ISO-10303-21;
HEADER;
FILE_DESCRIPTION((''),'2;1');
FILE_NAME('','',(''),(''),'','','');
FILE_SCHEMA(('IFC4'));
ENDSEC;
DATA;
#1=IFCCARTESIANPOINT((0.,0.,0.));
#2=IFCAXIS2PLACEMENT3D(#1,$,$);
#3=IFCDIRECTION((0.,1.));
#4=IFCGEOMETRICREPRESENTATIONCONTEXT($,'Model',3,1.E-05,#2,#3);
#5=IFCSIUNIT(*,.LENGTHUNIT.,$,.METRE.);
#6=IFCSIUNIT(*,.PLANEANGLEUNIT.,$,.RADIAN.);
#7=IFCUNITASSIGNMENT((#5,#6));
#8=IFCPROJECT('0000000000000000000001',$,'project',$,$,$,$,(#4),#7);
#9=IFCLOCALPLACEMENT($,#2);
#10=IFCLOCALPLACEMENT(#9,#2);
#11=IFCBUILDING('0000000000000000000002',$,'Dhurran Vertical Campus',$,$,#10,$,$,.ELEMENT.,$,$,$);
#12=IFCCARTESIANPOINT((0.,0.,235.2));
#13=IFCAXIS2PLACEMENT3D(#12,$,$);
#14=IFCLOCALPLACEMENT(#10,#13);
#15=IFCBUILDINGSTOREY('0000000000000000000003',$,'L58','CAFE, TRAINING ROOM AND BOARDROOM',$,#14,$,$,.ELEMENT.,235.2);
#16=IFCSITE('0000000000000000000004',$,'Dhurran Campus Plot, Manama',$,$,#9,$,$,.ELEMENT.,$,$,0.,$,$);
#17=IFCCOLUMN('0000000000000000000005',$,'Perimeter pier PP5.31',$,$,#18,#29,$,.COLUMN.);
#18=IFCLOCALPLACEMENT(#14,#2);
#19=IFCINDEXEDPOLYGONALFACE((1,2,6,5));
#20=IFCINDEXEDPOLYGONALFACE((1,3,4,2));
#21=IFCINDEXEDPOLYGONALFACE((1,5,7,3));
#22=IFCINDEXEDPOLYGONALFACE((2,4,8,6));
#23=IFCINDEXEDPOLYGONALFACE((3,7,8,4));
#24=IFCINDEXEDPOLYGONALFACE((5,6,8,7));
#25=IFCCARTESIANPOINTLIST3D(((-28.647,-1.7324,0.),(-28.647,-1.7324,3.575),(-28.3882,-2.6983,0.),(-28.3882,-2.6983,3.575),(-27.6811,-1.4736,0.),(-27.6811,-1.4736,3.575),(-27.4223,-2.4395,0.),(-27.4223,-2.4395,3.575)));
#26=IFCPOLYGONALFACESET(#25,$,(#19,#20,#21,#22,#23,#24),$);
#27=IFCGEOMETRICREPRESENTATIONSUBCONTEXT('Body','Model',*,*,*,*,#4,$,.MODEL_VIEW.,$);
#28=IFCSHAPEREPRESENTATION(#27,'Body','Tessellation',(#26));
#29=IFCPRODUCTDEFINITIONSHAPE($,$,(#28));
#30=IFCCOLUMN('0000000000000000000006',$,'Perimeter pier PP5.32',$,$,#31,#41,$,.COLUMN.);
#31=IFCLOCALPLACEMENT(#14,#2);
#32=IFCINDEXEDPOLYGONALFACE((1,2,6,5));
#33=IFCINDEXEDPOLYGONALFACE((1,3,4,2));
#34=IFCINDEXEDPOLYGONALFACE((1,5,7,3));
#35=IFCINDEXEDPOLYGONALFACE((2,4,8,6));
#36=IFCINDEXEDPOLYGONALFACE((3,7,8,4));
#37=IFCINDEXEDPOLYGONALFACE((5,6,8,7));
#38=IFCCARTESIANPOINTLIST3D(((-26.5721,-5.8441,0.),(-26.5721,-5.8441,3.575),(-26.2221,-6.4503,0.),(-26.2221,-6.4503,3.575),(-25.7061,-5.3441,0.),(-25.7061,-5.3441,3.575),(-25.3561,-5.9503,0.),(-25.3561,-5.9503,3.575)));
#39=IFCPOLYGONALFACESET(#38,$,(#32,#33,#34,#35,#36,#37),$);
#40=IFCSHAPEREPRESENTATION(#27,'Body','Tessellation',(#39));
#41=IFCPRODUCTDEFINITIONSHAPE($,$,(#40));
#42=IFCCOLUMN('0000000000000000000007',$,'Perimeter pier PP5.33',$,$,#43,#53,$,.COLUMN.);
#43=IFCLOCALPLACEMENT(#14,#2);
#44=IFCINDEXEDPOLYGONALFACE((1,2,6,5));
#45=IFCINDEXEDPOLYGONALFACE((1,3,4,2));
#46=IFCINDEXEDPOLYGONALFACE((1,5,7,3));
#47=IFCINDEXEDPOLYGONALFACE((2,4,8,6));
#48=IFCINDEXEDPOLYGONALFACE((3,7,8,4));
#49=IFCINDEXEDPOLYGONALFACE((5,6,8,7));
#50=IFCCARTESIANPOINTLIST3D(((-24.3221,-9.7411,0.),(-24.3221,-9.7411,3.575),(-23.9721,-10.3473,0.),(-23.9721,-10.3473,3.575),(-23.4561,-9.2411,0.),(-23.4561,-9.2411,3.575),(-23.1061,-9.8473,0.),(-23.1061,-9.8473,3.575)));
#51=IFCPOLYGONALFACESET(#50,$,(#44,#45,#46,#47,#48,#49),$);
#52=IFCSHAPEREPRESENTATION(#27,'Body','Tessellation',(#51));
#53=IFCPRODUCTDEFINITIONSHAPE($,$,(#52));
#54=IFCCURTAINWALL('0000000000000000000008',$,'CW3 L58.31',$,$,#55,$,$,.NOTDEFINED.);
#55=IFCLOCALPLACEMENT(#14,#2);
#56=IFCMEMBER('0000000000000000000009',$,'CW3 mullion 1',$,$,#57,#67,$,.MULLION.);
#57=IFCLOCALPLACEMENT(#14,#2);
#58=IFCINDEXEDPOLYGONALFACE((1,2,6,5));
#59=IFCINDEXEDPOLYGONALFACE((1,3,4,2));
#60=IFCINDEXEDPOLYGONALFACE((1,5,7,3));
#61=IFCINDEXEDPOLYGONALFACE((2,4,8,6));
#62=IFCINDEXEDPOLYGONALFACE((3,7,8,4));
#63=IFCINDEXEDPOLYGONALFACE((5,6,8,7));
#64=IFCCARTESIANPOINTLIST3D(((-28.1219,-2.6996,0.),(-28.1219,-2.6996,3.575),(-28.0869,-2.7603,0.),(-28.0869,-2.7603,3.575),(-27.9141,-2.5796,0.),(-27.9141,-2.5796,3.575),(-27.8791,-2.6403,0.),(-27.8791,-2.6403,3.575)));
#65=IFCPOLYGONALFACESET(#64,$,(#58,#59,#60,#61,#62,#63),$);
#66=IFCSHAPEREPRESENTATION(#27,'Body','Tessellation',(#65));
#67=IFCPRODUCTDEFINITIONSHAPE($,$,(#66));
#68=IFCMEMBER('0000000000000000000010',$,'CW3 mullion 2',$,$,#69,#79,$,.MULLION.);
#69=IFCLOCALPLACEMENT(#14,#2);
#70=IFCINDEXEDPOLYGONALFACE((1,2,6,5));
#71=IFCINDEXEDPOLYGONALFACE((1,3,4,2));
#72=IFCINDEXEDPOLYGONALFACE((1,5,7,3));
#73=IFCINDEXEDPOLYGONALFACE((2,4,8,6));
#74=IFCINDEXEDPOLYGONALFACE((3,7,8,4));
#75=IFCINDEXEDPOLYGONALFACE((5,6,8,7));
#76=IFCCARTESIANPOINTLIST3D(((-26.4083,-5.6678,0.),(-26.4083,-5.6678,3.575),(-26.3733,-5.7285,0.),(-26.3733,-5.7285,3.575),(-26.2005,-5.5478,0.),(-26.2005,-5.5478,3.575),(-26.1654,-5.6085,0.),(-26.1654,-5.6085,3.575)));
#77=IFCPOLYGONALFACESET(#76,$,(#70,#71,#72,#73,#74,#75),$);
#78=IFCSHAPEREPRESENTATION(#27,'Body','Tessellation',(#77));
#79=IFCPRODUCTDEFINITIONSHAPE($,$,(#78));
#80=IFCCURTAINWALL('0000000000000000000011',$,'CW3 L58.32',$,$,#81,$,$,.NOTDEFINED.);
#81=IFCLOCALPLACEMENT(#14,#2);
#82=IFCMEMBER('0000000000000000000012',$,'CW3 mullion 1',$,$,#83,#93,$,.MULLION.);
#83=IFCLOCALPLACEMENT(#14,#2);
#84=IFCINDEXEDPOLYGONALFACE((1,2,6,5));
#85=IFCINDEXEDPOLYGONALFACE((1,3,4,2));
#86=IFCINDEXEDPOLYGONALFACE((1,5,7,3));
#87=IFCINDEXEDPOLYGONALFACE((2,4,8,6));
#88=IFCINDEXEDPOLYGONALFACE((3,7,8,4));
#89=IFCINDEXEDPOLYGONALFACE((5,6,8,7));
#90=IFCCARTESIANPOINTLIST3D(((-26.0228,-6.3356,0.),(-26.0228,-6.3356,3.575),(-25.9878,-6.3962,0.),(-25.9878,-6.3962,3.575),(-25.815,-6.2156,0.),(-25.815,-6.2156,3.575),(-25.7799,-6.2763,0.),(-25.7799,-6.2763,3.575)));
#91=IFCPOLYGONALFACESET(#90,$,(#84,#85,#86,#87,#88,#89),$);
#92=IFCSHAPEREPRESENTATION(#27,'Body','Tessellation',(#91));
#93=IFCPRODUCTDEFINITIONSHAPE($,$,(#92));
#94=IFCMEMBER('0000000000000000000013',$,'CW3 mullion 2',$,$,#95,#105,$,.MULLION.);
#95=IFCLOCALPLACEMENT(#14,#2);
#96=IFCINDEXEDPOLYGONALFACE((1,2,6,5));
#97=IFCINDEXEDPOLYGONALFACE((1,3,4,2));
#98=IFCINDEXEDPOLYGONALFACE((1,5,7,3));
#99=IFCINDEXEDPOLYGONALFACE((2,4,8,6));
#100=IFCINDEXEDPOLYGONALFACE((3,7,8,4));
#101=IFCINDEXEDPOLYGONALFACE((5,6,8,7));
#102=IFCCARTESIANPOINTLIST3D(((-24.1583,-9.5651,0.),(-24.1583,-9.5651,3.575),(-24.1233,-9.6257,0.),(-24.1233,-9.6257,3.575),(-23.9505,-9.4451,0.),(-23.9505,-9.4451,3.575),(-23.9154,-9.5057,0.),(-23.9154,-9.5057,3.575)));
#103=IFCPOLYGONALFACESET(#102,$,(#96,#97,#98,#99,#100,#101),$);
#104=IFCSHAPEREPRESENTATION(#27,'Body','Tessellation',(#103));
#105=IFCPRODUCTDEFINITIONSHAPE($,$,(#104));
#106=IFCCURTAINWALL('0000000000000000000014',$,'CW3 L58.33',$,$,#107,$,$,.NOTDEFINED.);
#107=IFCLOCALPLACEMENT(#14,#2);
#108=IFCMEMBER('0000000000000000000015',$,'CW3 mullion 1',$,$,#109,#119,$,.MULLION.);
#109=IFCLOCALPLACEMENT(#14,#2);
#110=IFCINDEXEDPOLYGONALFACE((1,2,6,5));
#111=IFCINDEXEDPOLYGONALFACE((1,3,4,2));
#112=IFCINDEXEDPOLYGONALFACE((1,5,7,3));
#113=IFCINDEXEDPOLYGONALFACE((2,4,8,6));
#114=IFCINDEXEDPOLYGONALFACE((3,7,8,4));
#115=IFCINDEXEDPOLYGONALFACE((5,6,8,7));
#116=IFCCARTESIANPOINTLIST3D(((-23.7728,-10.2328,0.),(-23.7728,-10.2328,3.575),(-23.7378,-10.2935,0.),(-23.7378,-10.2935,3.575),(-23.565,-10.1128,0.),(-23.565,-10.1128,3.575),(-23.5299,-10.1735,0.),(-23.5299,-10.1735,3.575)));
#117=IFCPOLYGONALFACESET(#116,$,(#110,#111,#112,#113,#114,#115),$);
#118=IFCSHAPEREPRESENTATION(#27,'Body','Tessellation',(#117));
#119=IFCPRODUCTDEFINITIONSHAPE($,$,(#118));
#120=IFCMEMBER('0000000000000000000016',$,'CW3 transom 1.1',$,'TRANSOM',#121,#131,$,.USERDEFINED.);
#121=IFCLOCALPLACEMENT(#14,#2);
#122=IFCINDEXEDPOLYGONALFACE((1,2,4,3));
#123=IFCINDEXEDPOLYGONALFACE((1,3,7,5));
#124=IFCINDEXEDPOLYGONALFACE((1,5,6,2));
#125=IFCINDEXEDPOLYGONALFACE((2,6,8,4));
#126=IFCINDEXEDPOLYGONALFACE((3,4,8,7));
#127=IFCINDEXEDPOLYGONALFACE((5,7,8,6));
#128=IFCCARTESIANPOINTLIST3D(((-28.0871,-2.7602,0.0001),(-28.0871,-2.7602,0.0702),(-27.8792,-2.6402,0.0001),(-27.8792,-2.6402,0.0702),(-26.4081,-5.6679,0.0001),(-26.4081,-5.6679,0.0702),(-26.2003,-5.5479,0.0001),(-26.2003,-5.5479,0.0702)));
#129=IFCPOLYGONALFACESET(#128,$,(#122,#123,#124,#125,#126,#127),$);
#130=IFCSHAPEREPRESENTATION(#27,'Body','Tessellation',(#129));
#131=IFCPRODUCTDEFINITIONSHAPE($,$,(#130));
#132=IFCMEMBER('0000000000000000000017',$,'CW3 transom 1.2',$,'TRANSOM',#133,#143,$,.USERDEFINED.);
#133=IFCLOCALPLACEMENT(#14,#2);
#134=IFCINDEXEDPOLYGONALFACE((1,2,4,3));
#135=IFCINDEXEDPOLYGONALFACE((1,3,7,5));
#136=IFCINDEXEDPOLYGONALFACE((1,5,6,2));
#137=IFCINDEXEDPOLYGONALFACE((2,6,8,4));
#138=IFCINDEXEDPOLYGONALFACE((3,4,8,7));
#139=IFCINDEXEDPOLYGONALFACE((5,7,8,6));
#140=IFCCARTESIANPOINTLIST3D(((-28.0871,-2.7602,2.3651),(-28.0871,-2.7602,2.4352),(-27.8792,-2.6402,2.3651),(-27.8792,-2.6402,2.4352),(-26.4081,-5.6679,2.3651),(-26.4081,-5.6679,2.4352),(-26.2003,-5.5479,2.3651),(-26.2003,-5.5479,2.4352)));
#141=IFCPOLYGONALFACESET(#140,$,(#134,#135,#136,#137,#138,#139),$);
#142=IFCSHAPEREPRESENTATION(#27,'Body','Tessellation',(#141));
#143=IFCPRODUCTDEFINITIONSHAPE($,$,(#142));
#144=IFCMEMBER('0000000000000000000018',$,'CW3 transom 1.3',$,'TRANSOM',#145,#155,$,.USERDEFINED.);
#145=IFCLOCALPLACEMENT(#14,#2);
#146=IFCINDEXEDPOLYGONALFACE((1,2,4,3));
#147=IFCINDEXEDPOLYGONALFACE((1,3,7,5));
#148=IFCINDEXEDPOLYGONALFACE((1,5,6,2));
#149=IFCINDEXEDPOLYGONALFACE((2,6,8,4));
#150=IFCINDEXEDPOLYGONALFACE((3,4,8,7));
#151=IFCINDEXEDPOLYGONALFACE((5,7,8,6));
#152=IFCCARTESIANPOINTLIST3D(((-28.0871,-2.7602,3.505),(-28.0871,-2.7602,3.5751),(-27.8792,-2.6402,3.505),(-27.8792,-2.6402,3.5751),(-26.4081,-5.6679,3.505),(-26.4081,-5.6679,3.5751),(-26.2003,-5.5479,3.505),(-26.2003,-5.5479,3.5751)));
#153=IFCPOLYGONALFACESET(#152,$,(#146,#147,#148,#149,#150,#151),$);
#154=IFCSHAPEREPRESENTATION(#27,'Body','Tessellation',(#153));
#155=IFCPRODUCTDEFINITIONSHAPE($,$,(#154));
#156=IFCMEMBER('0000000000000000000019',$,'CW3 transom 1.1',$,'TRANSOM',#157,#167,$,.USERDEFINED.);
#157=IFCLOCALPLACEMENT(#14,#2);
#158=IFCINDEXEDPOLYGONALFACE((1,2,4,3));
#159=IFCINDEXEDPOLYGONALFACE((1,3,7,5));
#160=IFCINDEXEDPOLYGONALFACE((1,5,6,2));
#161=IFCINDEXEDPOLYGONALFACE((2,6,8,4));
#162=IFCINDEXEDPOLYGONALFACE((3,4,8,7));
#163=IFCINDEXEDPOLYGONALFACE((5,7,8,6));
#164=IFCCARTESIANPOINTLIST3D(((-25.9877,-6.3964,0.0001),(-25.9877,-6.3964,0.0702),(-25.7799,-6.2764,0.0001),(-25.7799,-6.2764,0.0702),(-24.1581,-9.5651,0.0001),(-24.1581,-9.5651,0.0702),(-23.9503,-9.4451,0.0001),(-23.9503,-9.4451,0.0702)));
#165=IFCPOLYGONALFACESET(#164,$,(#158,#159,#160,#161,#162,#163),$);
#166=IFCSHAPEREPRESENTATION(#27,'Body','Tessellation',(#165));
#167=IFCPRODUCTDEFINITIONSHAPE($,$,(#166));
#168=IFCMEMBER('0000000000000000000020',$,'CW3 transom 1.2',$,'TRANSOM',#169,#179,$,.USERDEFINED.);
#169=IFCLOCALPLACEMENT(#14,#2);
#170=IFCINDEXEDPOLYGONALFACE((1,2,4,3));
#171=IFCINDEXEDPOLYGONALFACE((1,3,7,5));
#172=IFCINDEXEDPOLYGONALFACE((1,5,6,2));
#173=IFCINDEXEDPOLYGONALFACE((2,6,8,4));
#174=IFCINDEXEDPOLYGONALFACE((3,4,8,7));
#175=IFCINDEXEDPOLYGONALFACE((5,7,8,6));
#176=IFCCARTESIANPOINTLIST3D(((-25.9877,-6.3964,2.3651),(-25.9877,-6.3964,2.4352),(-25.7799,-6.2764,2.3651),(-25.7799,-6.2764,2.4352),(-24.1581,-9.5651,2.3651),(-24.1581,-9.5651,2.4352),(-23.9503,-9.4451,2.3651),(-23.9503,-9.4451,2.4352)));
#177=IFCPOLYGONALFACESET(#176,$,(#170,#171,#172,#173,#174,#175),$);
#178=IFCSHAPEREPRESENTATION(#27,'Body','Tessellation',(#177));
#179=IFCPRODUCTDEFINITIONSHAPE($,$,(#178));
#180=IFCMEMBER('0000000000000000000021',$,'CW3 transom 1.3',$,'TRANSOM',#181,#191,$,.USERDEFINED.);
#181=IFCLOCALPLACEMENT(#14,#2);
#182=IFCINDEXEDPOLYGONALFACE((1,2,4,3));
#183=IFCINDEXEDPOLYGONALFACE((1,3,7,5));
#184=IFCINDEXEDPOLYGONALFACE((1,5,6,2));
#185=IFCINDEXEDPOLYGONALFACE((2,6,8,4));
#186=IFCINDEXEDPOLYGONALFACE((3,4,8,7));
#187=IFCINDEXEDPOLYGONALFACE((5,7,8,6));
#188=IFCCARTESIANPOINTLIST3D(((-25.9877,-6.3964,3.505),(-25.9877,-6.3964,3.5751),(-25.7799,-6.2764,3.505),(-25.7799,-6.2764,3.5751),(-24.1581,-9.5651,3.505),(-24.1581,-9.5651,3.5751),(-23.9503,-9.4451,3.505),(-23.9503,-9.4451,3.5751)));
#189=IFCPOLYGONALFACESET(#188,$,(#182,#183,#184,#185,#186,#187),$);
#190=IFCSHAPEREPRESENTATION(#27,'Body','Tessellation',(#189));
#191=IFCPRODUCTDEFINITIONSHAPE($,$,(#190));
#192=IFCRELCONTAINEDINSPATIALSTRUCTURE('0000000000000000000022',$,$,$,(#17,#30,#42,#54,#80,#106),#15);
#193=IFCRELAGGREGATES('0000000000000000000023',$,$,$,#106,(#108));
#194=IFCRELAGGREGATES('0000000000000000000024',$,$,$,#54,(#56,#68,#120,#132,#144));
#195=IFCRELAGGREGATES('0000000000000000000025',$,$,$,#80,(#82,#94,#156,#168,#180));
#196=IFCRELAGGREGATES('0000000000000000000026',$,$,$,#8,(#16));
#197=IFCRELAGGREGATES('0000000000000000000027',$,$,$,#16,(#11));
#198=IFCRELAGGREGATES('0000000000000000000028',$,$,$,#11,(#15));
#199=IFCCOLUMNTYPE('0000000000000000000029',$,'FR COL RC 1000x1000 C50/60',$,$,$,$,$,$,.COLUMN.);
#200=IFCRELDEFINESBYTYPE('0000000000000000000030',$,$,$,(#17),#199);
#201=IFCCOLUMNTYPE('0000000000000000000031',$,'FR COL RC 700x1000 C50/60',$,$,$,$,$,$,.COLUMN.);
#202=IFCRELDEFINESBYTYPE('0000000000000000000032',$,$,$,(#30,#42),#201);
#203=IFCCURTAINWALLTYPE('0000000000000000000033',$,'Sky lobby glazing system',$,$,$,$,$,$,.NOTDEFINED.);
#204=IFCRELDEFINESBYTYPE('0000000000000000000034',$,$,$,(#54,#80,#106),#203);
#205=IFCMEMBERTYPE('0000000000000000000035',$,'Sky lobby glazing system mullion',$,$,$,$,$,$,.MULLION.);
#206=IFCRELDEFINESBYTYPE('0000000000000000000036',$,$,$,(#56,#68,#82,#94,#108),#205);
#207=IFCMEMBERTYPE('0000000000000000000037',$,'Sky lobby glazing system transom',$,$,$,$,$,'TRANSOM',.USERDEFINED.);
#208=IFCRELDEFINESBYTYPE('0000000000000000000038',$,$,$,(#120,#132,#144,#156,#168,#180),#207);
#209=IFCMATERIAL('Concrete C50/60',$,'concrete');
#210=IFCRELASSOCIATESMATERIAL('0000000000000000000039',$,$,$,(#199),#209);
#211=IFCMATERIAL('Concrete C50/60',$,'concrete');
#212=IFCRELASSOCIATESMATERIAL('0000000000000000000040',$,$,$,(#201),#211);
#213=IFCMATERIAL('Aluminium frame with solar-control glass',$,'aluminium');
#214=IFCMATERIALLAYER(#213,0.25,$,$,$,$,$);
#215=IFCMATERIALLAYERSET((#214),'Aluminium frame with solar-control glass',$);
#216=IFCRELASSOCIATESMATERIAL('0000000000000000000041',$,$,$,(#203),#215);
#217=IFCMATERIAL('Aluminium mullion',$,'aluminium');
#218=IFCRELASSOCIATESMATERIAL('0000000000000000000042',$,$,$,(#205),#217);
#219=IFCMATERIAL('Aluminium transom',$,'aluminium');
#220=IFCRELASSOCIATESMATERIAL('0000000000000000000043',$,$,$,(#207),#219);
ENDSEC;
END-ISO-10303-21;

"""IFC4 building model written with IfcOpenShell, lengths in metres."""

from ifc_helpers import new_model, si_unit, direction, frame, origin, origin_2d, place, context, subcontext, project, spatial, rectangle, extrude, material, layer, layer_set, material_profile, profile_set, type_object, element, aggregate, save


model = new_model("IFC4")

# Units and contexts
model_context = context("Model", 3, precision=1e-05, world=origin(), true_north=direction((0.0, 1.0)))
body_context = subcontext(model_context, "Body", "Model", "MODEL_VIEW")
ifc_project = project(units=[si_unit("LENGTHUNIT", "METRE"), si_unit("PLANEANGLEUNIT", "RADIAN")], contexts=[model_context])

# Site, building, storey
site_placement = place(None, origin())
site = spatial("IfcSite", under=ifc_project, at=site_placement, Name="Dhurran Campus Plot, Manama", CompositionType="ELEMENT", RefElevation=0.0)
building_placement = place(site_placement, origin())
building = spatial("IfcBuilding", under=site, at=building_placement, Name="Dhurran Vertical Campus", CompositionType="ELEMENT")
storey_placement = place(building_placement, frame((0.0, 0.0, 235.2)))
storey = spatial("IfcBuildingStorey", under=building, at=storey_placement, Name="L58", Description="CAFE, TRAINING ROOM AND BOARDROOM", CompositionType="ELEMENT", Elevation=235.2)

# Columns
ifc_material_1 = material(Name="Concrete C50/60", Category="concrete")
ifc_material_profile_1 = material_profile(ifc_material_1, rectangle(XDim=1.0, YDim=1.0, at=origin_2d()), Name="RC 1000x1000")
ifc_profile_set_1 = profile_set([ifc_material_profile_1], Name="Concrete C50/60")
column_type_1 = type_object("IfcColumnType", Name="FR COL RC 1000x1000 C50/60", PredefinedType="COLUMN", material=ifc_profile_set_1)
column_placement = place(storey_placement, frame((-28.0347, -2.0859, 0.0), z_axis=(0.0, 0.0, 1.0), x_axis=(0.258819, -0.965926, 0.0)))
element("IfcColumn", 1, at=column_placement, inside=storey, type_object=column_type_1, Name="Perimeter pier PP5.31", PredefinedType="COLUMN", context=body_context, shape_type="SweptSolid", body=[
    extrude(rectangle(XDim=1.0, YDim=1.0, at=origin_2d()), origin(), (0.0, 0.0, 1.0), 3.575),
])
ifc_material_2 = material(Name="Concrete C50/60", Category="concrete")
ifc_material_profile_2 = material_profile(ifc_material_2, rectangle(XDim=0.7, YDim=1.0, at=origin_2d()), Name="RC 700x1000")
ifc_profile_set_2 = profile_set([ifc_material_profile_2], Name="Concrete C50/60")
column_type_2 = type_object("IfcColumnType", Name="FR COL RC 700x1000 C50/60", PredefinedType="COLUMN", material=ifc_profile_set_2)
for number, where, z_axis, x_axis, name in (
    (2, (-25.9641, -5.8972, 0.0), (0.0, 0.0, 1.0), (0.5, -0.866025, 0.0), "Perimeter pier PP5.32"),
    (3, (-23.7141, -9.7942, 0.0), (0.0, 0.0, 1.0), (0.5, -0.866025, 0.0), "Perimeter pier PP5.33"),
):
    element("IfcColumn", number, at=place(storey_placement, frame(where, z_axis=z_axis, x_axis=x_axis)), inside=storey, type_object=column_type_2, Name=name, PredefinedType="COLUMN", context=body_context, shape_type="SweptSolid", body=[
        extrude(rectangle(XDim=0.7, YDim=1.0, at=origin_2d()), origin(), (0.0, 0.0, 1.0), 3.575),
    ])

# Curtain walls, members
ifc_material_3 = material(Name="Aluminium frame with solar-control glass", Category="aluminium")
ifc_layer_1 = layer(ifc_material_3, 0.25)
ifc_layer_set_1 = layer_set([ifc_layer_1], Name="Aluminium frame with solar-control glass")
curtain_wall_type = type_object("IfcCurtainWallType", Name="Sky lobby glazing system", PredefinedType="NOTDEFINED", material=ifc_layer_set_1)
curtain_wall_1_placement = place(storey_placement, origin())
curtain_wall_1 = element("IfcCurtainWall", 4, at=curtain_wall_1_placement, inside=storey, type_object=curtain_wall_type, Name="CW3 L58.31", PredefinedType="NOTDEFINED")
ifc_material_4 = material(Name="Aluminium mullion", Category="aluminium")
ifc_material_profile_3 = material_profile(ifc_material_4, rectangle(XDim=0.24, YDim=0.0701, at=origin_2d()), Name="Sky lobby glazing system mullion")
ifc_profile_set_3 = profile_set([ifc_material_profile_3], Name="Aluminium mullion")
member_type_1 = type_object("IfcMemberType", Name="Sky lobby glazing system mullion", PredefinedType="MULLION", material=ifc_profile_set_3)
member_1_placement = place(storey_placement, frame((-28.0005, -2.6699, 0.0), z_axis=(0.0, 0.0, 1.0), x_axis=(0.866025, 0.500001, 0.0)))
member_1 = element("IfcMember", 5, at=member_1_placement, type_object=member_type_1, Name="CW3 mullion 1", PredefinedType="MULLION", context=body_context, shape_type="SweptSolid", body=[
    extrude(rectangle(XDim=0.24, YDim=0.0701, at=origin_2d()), origin(), (0.0, 0.0, 1.0), 3.575),
])
member_2_placement = place(storey_placement, frame((-26.2869, -5.6382, 0.0), z_axis=(0.0, 0.0, 1.0), x_axis=(0.866025, 0.500001, 0.0)))
member_2 = element("IfcMember", 6, at=member_2_placement, type_object=member_type_1, Name="CW3 mullion 2", PredefinedType="MULLION", context=body_context, shape_type="SweptSolid", body=[
    extrude(rectangle(XDim=0.24, YDim=0.0701, at=origin_2d()), origin(), (0.0, 0.0, 1.0), 3.575),
])
curtain_wall_2_placement = place(storey_placement, origin())
curtain_wall_2 = element("IfcCurtainWall", 7, at=curtain_wall_2_placement, inside=storey, type_object=curtain_wall_type, Name="CW3 L58.32", PredefinedType="NOTDEFINED")
member_3_placement = place(storey_placement, frame((-25.9014, -6.3059, 0.0), z_axis=(0.0, 0.0, 1.0), x_axis=(0.866023, 0.500003, 0.0)))
member_3 = element("IfcMember", 8, at=member_3_placement, type_object=member_type_1, Name="CW3 mullion 1", PredefinedType="MULLION", context=body_context, shape_type="SweptSolid", body=[
    extrude(rectangle(XDim=0.24, YDim=0.0701, at=origin_2d()), origin(), (0.0, 0.0, 1.0), 3.575),
])
member_4_placement = place(storey_placement, frame((-24.0369, -9.5354, 0.0), z_axis=(0.0, 0.0, 1.0), x_axis=(0.866023, 0.500003, 0.0)))
member_4 = element("IfcMember", 9, at=member_4_placement, type_object=member_type_1, Name="CW3 mullion 2", PredefinedType="MULLION", context=body_context, shape_type="SweptSolid", body=[
    extrude(rectangle(XDim=0.24, YDim=0.0701, at=origin_2d()), origin(), (0.0, 0.0, 1.0), 3.575),
])

# Curtain wall, member
curtain_wall_3_placement = place(storey_placement, origin())
curtain_wall_3 = element("IfcCurtainWall", 10, at=curtain_wall_3_placement, inside=storey, type_object=curtain_wall_type, Name="CW3 L58.33", PredefinedType="NOTDEFINED")
member_5_placement = place(storey_placement, frame((-23.6514, -10.2031, 0.0), z_axis=(0.0, 0.0, 1.0), x_axis=(0.866023, 0.500003, 0.0)))
member_5 = element("IfcMember", 11, at=member_5_placement, type_object=member_type_1, Name="CW3 mullion 1", PredefinedType="MULLION", context=body_context, shape_type="SweptSolid", body=[
    extrude(rectangle(XDim=0.24, YDim=0.0701, at=origin_2d()), origin(), (0.0, 0.0, 1.0), 3.575),
])

# Members
ifc_material_5 = material(Name="Aluminium transom", Category="aluminium")
ifc_material_profile_4 = material_profile(ifc_material_5, rectangle(XDim=0.24, YDim=0.0701, at=origin_2d()), Name="Sky lobby glazing system transom")
ifc_profile_set_4 = profile_set([ifc_material_profile_4], Name="Aluminium transom")
member_type_2 = type_object("IfcMemberType", Name="Sky lobby glazing system transom", ElementType="TRANSOM", PredefinedType="USERDEFINED", material=ifc_profile_set_4)
member_6_placement = place(storey_placement, frame((-27.9832, -2.7002, 0.0352), z_axis=(0.500041, -0.866002, 0.0), x_axis=(0.866002, 0.500041, 0.0)))
member_6 = element("IfcMember", 12, at=member_6_placement, type_object=member_type_2, Name="CW3 transom 1.1", ObjectType="TRANSOM", PredefinedType="USERDEFINED", context=body_context, shape_type="SweptSolid", body=[
    extrude(rectangle(XDim=0.24, YDim=0.0701, at=origin_2d()), origin(), (0.0, 0.0, 1.0), 3.3577),
])
member_7_placement = place(storey_placement, frame((-27.9832, -2.7002, 2.4001), z_axis=(0.500041, -0.866002, 0.0), x_axis=(0.866002, 0.500041, 0.0)))
member_7 = element("IfcMember", 13, at=member_7_placement, type_object=member_type_2, Name="CW3 transom 1.2", ObjectType="TRANSOM", PredefinedType="USERDEFINED", context=body_context, shape_type="SweptSolid", body=[
    extrude(rectangle(XDim=0.24, YDim=0.0701, at=origin_2d()), origin(), (0.0, 0.0, 1.0), 3.3577),
])
member_8_placement = place(storey_placement, frame((-27.9832, -2.7002, 3.54), z_axis=(0.500041, -0.866002, 0.0), x_axis=(0.866002, 0.500041, 0.0)))
member_8 = element("IfcMember", 14, at=member_8_placement, type_object=member_type_2, Name="CW3 transom 1.3", ObjectType="TRANSOM", PredefinedType="USERDEFINED", context=body_context, shape_type="SweptSolid", body=[
    extrude(rectangle(XDim=0.24, YDim=0.0701, at=origin_2d()), origin(), (0.0, 0.0, 1.0), 3.3577),
])
member_9_placement = place(storey_placement, frame((-25.8838, -6.3364, 0.0352), z_axis=(0.500029, -0.866009, 0.0), x_axis=(0.866009, 0.500029, 0.0)))
member_9 = element("IfcMember", 15, at=member_9_placement, type_object=member_type_2, Name="CW3 transom 1.1", ObjectType="TRANSOM", PredefinedType="USERDEFINED", context=body_context, shape_type="SweptSolid", body=[
    extrude(rectangle(XDim=0.24, YDim=0.0701, at=origin_2d()), origin(), (0.0, 0.0, 1.0), 3.6589),
])
member_10_placement = place(storey_placement, frame((-25.8838, -6.3364, 2.4001), z_axis=(0.500029, -0.866009, 0.0), x_axis=(0.866009, 0.500029, 0.0)))
member_10 = element("IfcMember", 16, at=member_10_placement, type_object=member_type_2, Name="CW3 transom 1.2", ObjectType="TRANSOM", PredefinedType="USERDEFINED", context=body_context, shape_type="SweptSolid", body=[
    extrude(rectangle(XDim=0.24, YDim=0.0701, at=origin_2d()), origin(), (0.0, 0.0, 1.0), 3.6589),
])
member_11_placement = place(storey_placement, frame((-25.8838, -6.3364, 3.54), z_axis=(0.500029, -0.866009, 0.0), x_axis=(0.866009, 0.500029, 0.0)))
member_11 = element("IfcMember", 17, at=member_11_placement, type_object=member_type_2, Name="CW3 transom 1.3", ObjectType="TRANSOM", PredefinedType="USERDEFINED", context=body_context, shape_type="SweptSolid", body=[
    extrude(rectangle(XDim=0.24, YDim=0.0701, at=origin_2d()), origin(), (0.0, 0.0, 1.0), 3.6589),
])
aggregate(curtain_wall_3, [member_5])

aggregate(curtain_wall_1, [member_1, member_2, member_6, member_7, member_8])
aggregate(curtain_wall_2, [member_3, member_4, member_9, member_10, member_11])

save(model, "model.ifc")
